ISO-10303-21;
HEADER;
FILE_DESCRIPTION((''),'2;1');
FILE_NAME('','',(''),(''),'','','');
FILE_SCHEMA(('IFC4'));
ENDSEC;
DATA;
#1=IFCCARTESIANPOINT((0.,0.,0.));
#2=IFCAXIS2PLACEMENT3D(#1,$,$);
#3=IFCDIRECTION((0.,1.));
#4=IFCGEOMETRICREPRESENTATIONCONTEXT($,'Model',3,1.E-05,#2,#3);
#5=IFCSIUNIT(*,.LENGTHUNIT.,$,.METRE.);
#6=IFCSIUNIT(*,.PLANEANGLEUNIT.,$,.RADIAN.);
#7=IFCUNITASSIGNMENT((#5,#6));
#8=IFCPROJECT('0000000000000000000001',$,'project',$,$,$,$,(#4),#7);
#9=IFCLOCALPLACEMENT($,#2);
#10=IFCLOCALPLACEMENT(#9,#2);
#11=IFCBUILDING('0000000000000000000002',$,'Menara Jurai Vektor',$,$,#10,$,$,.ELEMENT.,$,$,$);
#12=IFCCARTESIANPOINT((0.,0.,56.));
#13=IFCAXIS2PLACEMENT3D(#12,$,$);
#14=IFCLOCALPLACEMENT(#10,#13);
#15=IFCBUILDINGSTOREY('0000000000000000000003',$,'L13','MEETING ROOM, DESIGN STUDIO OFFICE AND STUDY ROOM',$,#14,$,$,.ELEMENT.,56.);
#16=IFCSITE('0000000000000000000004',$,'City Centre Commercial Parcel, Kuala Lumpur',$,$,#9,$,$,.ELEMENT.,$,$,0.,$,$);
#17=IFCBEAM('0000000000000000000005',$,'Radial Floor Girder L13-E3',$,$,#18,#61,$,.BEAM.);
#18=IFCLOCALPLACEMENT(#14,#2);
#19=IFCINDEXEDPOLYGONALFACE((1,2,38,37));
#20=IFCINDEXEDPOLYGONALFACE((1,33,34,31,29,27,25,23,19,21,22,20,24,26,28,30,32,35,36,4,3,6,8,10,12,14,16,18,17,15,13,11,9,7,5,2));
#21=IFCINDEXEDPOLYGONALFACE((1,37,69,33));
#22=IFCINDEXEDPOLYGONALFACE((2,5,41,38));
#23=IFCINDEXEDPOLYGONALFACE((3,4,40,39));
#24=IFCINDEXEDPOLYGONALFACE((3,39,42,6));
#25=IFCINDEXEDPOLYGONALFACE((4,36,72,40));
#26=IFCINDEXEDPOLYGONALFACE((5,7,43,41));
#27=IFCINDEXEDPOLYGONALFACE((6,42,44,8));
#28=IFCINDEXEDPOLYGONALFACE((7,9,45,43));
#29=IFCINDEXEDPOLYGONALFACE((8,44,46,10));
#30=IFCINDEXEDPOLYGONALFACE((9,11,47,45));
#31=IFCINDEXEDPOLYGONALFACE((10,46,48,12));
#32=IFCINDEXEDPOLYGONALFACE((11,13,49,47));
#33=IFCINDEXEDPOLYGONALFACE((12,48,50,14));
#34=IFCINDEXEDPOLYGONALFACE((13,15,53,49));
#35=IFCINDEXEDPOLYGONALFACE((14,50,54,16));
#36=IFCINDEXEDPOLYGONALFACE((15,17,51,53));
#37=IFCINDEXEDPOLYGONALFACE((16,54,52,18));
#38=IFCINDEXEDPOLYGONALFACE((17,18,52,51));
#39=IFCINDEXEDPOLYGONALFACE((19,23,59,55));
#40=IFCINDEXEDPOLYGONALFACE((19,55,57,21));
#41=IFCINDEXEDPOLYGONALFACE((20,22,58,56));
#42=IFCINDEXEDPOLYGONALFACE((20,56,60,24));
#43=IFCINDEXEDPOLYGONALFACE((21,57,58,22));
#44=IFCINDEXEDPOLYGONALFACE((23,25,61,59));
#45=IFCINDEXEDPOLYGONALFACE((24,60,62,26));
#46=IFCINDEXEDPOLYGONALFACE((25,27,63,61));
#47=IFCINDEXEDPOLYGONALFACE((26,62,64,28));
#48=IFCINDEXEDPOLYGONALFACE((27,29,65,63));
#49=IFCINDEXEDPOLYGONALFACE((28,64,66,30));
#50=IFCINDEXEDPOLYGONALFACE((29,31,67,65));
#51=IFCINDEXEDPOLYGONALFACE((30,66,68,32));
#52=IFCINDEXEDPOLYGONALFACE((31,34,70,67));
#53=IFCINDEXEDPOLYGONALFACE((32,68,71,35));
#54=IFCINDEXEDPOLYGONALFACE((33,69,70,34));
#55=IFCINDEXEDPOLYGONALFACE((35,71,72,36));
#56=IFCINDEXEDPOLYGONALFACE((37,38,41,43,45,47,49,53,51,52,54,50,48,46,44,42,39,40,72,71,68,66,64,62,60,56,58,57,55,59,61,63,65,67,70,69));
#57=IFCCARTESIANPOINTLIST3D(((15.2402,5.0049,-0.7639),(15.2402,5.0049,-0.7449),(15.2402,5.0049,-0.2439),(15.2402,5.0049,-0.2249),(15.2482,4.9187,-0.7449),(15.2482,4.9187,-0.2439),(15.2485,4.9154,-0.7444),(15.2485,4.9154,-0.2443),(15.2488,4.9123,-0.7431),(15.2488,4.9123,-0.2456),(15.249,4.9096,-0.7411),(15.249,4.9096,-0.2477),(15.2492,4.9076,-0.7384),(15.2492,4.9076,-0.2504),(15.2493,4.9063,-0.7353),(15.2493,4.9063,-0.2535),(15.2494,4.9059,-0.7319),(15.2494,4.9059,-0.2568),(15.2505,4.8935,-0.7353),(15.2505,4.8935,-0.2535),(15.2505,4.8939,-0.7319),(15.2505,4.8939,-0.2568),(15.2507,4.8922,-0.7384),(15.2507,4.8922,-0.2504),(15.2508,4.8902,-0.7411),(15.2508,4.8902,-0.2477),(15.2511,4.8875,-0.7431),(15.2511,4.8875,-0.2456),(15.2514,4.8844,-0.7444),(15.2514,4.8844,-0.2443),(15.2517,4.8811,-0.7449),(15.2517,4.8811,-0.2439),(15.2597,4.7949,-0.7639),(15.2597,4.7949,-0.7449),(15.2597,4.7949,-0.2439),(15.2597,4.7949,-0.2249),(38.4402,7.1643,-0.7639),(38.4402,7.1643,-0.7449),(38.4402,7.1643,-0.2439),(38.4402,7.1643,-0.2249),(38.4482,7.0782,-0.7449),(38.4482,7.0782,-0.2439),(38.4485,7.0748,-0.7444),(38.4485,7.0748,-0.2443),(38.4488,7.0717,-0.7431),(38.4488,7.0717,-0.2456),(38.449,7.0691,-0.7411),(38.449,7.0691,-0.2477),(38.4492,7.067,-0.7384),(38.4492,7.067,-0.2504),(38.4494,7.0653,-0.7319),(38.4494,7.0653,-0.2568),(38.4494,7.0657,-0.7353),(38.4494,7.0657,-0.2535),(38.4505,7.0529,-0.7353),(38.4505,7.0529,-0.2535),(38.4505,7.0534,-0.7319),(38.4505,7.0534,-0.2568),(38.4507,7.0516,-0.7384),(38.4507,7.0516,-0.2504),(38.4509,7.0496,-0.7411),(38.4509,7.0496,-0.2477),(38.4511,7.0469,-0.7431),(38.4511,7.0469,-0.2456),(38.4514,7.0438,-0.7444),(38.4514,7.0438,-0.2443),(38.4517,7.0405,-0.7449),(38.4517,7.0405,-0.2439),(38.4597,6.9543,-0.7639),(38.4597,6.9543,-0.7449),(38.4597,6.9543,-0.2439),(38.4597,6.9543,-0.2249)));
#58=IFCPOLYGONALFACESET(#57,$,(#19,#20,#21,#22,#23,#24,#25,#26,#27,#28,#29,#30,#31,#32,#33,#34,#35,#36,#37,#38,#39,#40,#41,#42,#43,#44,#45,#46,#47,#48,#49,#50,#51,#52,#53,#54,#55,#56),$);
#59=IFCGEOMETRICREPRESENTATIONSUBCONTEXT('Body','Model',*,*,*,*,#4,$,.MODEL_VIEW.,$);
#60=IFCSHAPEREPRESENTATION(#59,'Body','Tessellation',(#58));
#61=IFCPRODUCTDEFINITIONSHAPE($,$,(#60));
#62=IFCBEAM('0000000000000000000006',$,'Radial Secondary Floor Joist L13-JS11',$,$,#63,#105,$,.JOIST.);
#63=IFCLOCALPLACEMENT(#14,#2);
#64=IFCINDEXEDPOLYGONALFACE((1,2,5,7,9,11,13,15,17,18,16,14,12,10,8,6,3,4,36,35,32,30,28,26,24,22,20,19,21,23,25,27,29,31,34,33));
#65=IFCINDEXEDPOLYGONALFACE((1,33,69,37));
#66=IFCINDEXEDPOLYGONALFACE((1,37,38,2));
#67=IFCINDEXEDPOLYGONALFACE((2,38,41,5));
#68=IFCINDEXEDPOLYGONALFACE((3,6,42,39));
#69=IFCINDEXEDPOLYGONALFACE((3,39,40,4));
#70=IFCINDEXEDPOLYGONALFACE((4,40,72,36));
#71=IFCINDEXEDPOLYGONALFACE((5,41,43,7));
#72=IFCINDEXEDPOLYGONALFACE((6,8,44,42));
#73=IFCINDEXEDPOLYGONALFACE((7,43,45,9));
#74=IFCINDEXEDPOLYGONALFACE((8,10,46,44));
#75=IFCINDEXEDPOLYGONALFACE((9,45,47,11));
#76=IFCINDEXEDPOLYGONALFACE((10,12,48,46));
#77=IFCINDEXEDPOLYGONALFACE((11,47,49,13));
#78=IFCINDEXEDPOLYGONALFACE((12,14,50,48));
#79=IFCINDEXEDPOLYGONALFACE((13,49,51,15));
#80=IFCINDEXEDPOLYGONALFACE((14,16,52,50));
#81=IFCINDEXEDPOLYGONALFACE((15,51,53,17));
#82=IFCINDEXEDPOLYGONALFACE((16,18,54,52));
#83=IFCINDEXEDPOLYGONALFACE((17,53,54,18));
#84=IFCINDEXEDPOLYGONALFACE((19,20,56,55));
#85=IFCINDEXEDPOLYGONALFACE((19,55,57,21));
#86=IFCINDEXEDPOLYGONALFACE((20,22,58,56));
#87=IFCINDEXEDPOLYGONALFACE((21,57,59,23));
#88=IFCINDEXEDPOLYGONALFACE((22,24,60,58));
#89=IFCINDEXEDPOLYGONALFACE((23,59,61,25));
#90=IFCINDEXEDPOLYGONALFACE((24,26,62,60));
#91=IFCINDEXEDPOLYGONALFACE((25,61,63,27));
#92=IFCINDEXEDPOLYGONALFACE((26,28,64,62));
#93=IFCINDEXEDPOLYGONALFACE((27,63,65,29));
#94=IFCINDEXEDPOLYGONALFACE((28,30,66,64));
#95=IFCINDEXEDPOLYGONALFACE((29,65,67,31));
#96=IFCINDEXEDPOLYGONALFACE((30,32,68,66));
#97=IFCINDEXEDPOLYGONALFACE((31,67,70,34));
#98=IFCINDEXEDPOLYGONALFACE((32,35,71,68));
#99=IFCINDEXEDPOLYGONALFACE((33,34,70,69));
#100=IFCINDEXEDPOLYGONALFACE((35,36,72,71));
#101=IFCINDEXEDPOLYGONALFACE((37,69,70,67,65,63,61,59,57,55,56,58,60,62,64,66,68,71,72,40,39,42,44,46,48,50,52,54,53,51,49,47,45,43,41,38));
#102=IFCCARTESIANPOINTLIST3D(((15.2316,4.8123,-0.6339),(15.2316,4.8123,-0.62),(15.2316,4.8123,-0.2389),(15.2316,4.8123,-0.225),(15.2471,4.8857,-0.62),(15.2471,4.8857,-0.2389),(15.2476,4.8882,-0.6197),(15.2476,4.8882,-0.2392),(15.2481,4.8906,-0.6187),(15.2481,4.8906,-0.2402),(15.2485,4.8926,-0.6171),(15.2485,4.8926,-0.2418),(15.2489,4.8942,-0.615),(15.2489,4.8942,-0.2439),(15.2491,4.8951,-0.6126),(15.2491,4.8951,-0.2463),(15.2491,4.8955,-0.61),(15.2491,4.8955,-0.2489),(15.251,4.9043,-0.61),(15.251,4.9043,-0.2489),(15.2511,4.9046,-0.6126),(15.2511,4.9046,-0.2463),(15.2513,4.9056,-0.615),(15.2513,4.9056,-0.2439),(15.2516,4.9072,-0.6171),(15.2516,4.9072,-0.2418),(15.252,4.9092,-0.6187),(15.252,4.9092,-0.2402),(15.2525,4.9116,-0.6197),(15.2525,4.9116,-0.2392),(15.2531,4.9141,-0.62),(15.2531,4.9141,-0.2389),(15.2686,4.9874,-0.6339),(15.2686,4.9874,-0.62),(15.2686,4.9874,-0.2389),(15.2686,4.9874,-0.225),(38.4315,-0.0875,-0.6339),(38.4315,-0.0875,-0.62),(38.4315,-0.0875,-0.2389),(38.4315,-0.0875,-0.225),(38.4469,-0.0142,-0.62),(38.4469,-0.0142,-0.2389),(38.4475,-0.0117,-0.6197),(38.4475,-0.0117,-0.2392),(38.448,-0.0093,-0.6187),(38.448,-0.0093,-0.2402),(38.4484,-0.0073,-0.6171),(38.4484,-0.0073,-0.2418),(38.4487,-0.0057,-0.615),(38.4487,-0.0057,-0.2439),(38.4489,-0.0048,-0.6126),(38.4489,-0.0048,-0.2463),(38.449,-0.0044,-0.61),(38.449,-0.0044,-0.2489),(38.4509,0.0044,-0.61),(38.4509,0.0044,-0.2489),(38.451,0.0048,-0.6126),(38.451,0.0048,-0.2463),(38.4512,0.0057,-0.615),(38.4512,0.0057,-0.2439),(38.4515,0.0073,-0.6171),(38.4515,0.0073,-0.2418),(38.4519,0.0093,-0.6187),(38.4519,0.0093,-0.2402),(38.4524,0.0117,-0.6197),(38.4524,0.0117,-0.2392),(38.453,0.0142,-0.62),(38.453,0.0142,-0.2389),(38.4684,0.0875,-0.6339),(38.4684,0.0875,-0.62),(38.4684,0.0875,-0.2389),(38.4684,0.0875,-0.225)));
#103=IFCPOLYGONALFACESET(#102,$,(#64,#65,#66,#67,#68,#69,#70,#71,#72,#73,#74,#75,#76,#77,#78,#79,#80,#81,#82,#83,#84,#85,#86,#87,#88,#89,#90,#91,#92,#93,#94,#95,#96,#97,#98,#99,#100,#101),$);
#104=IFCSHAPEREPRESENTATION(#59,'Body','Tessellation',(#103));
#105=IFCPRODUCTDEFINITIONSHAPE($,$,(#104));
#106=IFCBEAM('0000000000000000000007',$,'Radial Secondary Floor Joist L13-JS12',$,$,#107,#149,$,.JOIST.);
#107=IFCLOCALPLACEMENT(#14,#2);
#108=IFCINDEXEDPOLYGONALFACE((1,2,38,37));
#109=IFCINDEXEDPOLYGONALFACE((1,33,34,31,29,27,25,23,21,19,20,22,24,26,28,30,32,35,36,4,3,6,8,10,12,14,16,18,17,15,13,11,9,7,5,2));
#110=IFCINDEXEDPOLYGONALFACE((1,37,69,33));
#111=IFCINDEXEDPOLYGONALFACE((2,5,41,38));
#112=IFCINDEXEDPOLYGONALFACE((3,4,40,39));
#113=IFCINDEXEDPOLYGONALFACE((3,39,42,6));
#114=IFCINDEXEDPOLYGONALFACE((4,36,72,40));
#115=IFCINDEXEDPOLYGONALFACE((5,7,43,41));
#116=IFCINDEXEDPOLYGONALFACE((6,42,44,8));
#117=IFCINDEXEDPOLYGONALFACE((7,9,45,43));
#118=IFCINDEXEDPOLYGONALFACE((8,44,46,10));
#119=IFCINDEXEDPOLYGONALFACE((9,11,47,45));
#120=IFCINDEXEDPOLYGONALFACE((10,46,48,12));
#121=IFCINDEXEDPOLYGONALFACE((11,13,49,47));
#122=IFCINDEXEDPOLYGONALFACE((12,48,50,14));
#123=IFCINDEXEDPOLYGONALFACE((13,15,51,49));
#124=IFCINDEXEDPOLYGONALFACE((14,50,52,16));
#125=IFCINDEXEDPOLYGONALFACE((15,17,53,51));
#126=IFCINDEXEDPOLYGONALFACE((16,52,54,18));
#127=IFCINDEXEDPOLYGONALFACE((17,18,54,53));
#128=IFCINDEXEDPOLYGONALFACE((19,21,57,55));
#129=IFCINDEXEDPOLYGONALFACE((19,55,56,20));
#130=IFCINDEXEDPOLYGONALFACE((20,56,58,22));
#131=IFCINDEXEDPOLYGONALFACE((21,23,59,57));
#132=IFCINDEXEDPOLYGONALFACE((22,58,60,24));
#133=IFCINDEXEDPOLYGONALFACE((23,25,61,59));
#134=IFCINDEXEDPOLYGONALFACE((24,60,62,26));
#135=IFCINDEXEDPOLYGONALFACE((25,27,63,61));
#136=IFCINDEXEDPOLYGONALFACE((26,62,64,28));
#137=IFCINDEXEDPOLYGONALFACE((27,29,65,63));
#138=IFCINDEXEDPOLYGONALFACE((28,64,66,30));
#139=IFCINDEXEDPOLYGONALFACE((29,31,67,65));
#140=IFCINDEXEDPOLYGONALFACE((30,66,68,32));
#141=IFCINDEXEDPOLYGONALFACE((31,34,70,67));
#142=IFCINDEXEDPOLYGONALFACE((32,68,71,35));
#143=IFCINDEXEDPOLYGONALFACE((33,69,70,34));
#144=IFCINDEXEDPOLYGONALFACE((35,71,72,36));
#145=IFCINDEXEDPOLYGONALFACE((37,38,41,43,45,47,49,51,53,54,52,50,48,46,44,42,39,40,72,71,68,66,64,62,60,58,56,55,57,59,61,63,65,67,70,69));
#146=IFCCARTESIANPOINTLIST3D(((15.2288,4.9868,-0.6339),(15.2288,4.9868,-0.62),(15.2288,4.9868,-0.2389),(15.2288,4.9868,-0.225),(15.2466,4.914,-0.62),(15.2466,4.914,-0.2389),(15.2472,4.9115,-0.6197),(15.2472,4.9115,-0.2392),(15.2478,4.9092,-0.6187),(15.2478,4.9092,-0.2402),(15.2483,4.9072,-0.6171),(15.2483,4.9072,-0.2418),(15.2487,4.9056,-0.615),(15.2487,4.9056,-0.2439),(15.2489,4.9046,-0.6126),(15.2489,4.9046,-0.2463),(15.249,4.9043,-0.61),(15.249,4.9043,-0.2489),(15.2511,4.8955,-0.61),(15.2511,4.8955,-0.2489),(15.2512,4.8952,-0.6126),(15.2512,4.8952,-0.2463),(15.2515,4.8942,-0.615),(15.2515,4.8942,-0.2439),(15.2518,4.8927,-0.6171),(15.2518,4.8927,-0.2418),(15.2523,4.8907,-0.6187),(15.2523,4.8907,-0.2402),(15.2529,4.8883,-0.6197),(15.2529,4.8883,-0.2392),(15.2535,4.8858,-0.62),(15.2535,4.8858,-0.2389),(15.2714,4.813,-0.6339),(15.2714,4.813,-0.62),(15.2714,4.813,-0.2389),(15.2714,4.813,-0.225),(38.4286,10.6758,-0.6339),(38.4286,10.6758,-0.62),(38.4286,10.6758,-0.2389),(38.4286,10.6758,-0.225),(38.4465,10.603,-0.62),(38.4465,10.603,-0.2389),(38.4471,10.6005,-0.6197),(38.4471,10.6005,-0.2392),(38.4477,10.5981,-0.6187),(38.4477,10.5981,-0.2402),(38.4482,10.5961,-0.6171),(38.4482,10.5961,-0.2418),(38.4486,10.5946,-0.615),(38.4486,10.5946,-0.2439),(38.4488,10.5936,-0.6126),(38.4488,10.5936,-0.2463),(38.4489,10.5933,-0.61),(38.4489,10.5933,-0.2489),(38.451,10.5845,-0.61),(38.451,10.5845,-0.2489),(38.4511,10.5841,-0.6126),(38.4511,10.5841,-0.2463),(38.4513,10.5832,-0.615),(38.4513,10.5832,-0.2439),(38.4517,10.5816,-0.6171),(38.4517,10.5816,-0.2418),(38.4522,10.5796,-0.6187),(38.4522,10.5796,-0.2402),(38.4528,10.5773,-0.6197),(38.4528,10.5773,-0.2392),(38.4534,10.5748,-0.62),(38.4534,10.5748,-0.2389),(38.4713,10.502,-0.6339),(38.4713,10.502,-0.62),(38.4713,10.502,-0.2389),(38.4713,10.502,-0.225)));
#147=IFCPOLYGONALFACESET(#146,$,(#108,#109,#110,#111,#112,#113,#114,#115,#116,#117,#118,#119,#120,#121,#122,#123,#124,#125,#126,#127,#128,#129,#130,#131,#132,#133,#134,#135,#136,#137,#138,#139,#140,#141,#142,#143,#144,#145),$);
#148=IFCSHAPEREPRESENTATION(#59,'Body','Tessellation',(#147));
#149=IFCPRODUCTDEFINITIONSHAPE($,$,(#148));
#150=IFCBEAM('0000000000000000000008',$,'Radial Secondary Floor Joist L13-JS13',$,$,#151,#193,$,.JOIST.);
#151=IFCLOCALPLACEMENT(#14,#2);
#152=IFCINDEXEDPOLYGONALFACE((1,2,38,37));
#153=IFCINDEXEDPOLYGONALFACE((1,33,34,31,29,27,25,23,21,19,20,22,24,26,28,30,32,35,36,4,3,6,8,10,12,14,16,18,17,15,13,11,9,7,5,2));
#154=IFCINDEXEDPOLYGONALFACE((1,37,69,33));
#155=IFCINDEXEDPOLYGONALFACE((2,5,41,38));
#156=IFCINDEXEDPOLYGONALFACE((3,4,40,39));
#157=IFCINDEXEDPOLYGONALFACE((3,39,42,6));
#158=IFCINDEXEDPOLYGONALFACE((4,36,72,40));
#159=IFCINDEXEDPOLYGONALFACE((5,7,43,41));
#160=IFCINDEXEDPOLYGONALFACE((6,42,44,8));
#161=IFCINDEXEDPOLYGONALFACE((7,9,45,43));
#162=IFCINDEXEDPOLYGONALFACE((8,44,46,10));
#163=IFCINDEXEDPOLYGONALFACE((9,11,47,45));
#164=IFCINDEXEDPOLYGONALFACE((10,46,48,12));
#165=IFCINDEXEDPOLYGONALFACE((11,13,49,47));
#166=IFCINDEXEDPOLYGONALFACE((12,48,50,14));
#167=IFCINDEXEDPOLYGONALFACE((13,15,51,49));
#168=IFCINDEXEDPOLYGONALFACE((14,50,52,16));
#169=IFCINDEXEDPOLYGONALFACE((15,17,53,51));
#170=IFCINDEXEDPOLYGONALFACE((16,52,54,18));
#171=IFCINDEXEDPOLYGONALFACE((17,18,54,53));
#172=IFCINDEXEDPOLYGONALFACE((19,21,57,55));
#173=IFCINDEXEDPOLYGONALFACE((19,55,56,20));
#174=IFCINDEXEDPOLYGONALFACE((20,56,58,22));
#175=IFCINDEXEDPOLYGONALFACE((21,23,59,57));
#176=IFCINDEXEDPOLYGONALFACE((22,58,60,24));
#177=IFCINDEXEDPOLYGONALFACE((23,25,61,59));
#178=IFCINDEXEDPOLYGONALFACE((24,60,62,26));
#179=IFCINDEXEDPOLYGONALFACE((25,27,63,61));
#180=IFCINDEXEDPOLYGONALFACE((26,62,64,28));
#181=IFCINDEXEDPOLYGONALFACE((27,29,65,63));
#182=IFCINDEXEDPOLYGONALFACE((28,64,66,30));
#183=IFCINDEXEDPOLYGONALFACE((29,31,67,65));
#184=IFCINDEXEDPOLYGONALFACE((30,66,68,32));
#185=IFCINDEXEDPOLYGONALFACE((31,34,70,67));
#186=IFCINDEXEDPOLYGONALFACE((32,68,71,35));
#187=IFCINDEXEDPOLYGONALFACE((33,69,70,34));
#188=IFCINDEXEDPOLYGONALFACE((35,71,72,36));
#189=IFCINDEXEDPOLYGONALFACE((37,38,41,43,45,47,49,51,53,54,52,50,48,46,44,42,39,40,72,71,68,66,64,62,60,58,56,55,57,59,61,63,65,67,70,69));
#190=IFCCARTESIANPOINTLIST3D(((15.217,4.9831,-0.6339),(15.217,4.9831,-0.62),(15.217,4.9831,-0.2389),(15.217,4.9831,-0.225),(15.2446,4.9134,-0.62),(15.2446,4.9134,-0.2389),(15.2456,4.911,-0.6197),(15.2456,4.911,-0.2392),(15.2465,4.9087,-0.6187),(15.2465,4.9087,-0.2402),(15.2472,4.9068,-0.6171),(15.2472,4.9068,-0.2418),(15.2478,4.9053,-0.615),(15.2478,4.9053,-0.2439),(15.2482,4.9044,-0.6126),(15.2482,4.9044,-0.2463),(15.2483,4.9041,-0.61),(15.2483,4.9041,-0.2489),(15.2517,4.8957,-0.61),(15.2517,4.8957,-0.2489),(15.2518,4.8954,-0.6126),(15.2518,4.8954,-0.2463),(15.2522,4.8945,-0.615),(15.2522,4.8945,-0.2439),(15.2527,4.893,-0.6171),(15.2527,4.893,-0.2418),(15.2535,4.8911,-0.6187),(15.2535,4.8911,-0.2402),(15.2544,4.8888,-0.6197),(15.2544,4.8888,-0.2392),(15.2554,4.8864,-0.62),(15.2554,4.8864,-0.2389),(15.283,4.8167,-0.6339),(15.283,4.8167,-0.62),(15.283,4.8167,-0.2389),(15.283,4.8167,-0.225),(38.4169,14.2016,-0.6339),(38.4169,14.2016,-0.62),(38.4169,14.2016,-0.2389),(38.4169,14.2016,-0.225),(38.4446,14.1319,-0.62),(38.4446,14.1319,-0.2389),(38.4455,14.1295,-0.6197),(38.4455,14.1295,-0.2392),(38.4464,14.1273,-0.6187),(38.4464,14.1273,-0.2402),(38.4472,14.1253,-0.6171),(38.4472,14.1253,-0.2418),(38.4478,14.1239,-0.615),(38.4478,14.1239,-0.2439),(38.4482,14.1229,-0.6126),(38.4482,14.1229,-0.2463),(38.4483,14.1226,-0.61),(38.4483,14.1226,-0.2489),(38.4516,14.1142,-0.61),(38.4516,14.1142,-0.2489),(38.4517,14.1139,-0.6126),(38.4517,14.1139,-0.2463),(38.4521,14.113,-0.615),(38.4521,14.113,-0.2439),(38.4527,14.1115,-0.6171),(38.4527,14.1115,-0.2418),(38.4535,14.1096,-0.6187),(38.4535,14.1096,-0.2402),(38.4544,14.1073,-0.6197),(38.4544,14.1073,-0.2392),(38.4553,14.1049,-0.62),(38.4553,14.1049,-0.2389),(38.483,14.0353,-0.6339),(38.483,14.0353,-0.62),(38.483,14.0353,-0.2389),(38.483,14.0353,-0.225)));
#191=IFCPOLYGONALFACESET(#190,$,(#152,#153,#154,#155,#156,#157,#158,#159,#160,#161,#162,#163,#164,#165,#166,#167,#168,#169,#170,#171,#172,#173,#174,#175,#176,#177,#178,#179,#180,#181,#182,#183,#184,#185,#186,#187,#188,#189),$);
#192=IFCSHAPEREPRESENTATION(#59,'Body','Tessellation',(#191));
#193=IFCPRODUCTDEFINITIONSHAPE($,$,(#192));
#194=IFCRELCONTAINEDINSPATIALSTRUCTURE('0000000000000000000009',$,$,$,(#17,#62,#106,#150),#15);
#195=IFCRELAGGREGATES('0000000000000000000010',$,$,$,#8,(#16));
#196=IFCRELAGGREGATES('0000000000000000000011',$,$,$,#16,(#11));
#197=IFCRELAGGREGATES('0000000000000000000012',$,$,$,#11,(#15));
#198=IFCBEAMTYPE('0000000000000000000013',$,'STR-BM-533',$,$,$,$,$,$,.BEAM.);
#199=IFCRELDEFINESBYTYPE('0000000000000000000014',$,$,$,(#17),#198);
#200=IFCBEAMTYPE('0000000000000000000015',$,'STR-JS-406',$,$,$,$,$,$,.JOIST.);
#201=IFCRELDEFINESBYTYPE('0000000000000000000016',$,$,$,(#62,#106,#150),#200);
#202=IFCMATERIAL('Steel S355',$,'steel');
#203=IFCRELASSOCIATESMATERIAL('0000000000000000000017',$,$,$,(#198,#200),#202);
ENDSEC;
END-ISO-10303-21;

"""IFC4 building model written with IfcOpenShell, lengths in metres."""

from ifc_helpers import new_model, si_unit, direction, frame, origin, origin_2d, place, context, subcontext, project, spatial, i_section, extrude, material, material_profile, profile_set, type_object, element, save


model = new_model("IFC4")

# Units and contexts
model_context = context("Model", 3, precision=1e-05, world=origin(), true_north=direction((0.0, 1.0)))
body_context = subcontext(model_context, "Body", "Model", "MODEL_VIEW")
ifc_project = project(units=[si_unit("LENGTHUNIT", "METRE"), si_unit("PLANEANGLEUNIT", "RADIAN")], contexts=[model_context])

# Site, building, storey
site_placement = place(None, origin())
site = spatial("IfcSite", under=ifc_project, at=site_placement, Name="City Centre Commercial Parcel, Kuala Lumpur", CompositionType="ELEMENT", RefElevation=0.0)
building_placement = place(site_placement, origin())
building = spatial("IfcBuilding", under=site, at=building_placement, Name="Menara Jurai Vektor", CompositionType="ELEMENT")
storey_placement = place(building_placement, frame((0.0, 0.0, 56.0)))
storey = spatial("IfcBuildingStorey", under=building, at=storey_placement, Name="L13", Description="MEETING ROOM, DESIGN STUDIO OFFICE AND STUDY ROOM", CompositionType="ELEMENT", Elevation=56.0)

# Beams
ifc_material_1 = material(Name="Steel S355", Category="steel")
ifc_material_profile_1 = material_profile(ifc_material_1, i_section(OverallWidth=0.2109, OverallDepth=0.5391, WebThickness=0.012, FlangeThickness=0.019, FilletRadius=0.0129, at=origin_2d()), Name="UKB 533x210x109")
ifc_profile_set_1 = profile_set([ifc_material_profile_1], Name="Steel S355")
beam_type_1 = type_object("IfcBeamType", Name="STR-BM-533", PredefinedType="BEAM", material=ifc_profile_set_1)
beam_1_placement = place(storey_placement, frame((38.45, 7.0593, -0.4944), z_axis=(-0.995696, -0.092678, 0.0), x_axis=(0.092678, -0.995696, 0.0)))
element("IfcBeam", 1, at=beam_1_placement, inside=storey, type_object=beam_type_1, Name="Radial Floor Girder L13-E3", PredefinedType="BEAM", context=body_context, shape_type="SweptSolid", body=[
    extrude(i_section(OverallWidth=0.2109, OverallDepth=0.5391, WebThickness=0.012, FlangeThickness=0.019, FilletRadius=0.0129, at=origin_2d()), origin(), (0.0, 0.0, 1.0), 23.3003),
])
ifc_material_profile_2 = material_profile(ifc_material_1, i_section(OverallWidth=0.179, OverallDepth=0.4089, WebThickness=0.009, FlangeThickness=0.0139, FilletRadius=0.01, at=origin_2d()), Name="UKB 406x178x67")
ifc_profile_set_2 = profile_set([ifc_material_profile_2], Name="Steel S355")
beam_type_2 = type_object("IfcBeamType", Name="STR-JS-406", PredefinedType="JOIST", material=ifc_profile_set_2)
beam_2_placement = place(storey_placement, frame((38.45, 0.0, -0.4294), z_axis=(-0.978416, 0.206645, 0.0), x_axis=(-0.206645, -0.978416, 0.0)))
element("IfcBeam", 2, at=beam_2_placement, inside=storey, type_object=beam_type_2, Name="Radial Secondary Floor Joist L13-JS11", PredefinedType="JOIST", context=body_context, shape_type="SweptSolid", body=[
    extrude(i_section(OverallWidth=0.179, OverallDepth=0.4089, WebThickness=0.009, FlangeThickness=0.0139, FilletRadius=0.01, at=origin_2d()), origin(), (0.0, 0.0, 1.0), 23.7117),
])
beam_3_placement = place(storey_placement, frame((38.45, 10.5889, -0.4294), z_axis=(-0.971226, -0.238159, 0.0), x_axis=(0.238159, -0.971226, 0.0)))
element("IfcBeam", 3, at=beam_3_placement, inside=storey, type_object=beam_type_2, Name="Radial Secondary Floor Joist L13-JS12", PredefinedType="JOIST", context=body_context, shape_type="SweptSolid", body=[
    extrude(i_section(OverallWidth=0.179, OverallDepth=0.4089, WebThickness=0.009, FlangeThickness=0.0139, FilletRadius=0.01, at=origin_2d()), origin(), (0.0, 0.0, 1.0), 23.8872),
])
beam_4_placement = place(storey_placement, frame((38.45, 14.1184, -0.4294), z_axis=(-0.929323, -0.369267, 0.0), x_axis=(0.369267, -0.929323, 0.0)))
element("IfcBeam", 4, at=beam_4_placement, inside=storey, type_object=beam_type_2, Name="Radial Secondary Floor Joist L13-JS13", PredefinedType="JOIST", context=body_context, shape_type="SweptSolid", body=[
    extrude(i_section(OverallWidth=0.179, OverallDepth=0.4089, WebThickness=0.009, FlangeThickness=0.0139, FilletRadius=0.01, at=origin_2d()), origin(), (0.0, 0.0, 1.0), 24.9644),
])

save(model, "model.ifc")
